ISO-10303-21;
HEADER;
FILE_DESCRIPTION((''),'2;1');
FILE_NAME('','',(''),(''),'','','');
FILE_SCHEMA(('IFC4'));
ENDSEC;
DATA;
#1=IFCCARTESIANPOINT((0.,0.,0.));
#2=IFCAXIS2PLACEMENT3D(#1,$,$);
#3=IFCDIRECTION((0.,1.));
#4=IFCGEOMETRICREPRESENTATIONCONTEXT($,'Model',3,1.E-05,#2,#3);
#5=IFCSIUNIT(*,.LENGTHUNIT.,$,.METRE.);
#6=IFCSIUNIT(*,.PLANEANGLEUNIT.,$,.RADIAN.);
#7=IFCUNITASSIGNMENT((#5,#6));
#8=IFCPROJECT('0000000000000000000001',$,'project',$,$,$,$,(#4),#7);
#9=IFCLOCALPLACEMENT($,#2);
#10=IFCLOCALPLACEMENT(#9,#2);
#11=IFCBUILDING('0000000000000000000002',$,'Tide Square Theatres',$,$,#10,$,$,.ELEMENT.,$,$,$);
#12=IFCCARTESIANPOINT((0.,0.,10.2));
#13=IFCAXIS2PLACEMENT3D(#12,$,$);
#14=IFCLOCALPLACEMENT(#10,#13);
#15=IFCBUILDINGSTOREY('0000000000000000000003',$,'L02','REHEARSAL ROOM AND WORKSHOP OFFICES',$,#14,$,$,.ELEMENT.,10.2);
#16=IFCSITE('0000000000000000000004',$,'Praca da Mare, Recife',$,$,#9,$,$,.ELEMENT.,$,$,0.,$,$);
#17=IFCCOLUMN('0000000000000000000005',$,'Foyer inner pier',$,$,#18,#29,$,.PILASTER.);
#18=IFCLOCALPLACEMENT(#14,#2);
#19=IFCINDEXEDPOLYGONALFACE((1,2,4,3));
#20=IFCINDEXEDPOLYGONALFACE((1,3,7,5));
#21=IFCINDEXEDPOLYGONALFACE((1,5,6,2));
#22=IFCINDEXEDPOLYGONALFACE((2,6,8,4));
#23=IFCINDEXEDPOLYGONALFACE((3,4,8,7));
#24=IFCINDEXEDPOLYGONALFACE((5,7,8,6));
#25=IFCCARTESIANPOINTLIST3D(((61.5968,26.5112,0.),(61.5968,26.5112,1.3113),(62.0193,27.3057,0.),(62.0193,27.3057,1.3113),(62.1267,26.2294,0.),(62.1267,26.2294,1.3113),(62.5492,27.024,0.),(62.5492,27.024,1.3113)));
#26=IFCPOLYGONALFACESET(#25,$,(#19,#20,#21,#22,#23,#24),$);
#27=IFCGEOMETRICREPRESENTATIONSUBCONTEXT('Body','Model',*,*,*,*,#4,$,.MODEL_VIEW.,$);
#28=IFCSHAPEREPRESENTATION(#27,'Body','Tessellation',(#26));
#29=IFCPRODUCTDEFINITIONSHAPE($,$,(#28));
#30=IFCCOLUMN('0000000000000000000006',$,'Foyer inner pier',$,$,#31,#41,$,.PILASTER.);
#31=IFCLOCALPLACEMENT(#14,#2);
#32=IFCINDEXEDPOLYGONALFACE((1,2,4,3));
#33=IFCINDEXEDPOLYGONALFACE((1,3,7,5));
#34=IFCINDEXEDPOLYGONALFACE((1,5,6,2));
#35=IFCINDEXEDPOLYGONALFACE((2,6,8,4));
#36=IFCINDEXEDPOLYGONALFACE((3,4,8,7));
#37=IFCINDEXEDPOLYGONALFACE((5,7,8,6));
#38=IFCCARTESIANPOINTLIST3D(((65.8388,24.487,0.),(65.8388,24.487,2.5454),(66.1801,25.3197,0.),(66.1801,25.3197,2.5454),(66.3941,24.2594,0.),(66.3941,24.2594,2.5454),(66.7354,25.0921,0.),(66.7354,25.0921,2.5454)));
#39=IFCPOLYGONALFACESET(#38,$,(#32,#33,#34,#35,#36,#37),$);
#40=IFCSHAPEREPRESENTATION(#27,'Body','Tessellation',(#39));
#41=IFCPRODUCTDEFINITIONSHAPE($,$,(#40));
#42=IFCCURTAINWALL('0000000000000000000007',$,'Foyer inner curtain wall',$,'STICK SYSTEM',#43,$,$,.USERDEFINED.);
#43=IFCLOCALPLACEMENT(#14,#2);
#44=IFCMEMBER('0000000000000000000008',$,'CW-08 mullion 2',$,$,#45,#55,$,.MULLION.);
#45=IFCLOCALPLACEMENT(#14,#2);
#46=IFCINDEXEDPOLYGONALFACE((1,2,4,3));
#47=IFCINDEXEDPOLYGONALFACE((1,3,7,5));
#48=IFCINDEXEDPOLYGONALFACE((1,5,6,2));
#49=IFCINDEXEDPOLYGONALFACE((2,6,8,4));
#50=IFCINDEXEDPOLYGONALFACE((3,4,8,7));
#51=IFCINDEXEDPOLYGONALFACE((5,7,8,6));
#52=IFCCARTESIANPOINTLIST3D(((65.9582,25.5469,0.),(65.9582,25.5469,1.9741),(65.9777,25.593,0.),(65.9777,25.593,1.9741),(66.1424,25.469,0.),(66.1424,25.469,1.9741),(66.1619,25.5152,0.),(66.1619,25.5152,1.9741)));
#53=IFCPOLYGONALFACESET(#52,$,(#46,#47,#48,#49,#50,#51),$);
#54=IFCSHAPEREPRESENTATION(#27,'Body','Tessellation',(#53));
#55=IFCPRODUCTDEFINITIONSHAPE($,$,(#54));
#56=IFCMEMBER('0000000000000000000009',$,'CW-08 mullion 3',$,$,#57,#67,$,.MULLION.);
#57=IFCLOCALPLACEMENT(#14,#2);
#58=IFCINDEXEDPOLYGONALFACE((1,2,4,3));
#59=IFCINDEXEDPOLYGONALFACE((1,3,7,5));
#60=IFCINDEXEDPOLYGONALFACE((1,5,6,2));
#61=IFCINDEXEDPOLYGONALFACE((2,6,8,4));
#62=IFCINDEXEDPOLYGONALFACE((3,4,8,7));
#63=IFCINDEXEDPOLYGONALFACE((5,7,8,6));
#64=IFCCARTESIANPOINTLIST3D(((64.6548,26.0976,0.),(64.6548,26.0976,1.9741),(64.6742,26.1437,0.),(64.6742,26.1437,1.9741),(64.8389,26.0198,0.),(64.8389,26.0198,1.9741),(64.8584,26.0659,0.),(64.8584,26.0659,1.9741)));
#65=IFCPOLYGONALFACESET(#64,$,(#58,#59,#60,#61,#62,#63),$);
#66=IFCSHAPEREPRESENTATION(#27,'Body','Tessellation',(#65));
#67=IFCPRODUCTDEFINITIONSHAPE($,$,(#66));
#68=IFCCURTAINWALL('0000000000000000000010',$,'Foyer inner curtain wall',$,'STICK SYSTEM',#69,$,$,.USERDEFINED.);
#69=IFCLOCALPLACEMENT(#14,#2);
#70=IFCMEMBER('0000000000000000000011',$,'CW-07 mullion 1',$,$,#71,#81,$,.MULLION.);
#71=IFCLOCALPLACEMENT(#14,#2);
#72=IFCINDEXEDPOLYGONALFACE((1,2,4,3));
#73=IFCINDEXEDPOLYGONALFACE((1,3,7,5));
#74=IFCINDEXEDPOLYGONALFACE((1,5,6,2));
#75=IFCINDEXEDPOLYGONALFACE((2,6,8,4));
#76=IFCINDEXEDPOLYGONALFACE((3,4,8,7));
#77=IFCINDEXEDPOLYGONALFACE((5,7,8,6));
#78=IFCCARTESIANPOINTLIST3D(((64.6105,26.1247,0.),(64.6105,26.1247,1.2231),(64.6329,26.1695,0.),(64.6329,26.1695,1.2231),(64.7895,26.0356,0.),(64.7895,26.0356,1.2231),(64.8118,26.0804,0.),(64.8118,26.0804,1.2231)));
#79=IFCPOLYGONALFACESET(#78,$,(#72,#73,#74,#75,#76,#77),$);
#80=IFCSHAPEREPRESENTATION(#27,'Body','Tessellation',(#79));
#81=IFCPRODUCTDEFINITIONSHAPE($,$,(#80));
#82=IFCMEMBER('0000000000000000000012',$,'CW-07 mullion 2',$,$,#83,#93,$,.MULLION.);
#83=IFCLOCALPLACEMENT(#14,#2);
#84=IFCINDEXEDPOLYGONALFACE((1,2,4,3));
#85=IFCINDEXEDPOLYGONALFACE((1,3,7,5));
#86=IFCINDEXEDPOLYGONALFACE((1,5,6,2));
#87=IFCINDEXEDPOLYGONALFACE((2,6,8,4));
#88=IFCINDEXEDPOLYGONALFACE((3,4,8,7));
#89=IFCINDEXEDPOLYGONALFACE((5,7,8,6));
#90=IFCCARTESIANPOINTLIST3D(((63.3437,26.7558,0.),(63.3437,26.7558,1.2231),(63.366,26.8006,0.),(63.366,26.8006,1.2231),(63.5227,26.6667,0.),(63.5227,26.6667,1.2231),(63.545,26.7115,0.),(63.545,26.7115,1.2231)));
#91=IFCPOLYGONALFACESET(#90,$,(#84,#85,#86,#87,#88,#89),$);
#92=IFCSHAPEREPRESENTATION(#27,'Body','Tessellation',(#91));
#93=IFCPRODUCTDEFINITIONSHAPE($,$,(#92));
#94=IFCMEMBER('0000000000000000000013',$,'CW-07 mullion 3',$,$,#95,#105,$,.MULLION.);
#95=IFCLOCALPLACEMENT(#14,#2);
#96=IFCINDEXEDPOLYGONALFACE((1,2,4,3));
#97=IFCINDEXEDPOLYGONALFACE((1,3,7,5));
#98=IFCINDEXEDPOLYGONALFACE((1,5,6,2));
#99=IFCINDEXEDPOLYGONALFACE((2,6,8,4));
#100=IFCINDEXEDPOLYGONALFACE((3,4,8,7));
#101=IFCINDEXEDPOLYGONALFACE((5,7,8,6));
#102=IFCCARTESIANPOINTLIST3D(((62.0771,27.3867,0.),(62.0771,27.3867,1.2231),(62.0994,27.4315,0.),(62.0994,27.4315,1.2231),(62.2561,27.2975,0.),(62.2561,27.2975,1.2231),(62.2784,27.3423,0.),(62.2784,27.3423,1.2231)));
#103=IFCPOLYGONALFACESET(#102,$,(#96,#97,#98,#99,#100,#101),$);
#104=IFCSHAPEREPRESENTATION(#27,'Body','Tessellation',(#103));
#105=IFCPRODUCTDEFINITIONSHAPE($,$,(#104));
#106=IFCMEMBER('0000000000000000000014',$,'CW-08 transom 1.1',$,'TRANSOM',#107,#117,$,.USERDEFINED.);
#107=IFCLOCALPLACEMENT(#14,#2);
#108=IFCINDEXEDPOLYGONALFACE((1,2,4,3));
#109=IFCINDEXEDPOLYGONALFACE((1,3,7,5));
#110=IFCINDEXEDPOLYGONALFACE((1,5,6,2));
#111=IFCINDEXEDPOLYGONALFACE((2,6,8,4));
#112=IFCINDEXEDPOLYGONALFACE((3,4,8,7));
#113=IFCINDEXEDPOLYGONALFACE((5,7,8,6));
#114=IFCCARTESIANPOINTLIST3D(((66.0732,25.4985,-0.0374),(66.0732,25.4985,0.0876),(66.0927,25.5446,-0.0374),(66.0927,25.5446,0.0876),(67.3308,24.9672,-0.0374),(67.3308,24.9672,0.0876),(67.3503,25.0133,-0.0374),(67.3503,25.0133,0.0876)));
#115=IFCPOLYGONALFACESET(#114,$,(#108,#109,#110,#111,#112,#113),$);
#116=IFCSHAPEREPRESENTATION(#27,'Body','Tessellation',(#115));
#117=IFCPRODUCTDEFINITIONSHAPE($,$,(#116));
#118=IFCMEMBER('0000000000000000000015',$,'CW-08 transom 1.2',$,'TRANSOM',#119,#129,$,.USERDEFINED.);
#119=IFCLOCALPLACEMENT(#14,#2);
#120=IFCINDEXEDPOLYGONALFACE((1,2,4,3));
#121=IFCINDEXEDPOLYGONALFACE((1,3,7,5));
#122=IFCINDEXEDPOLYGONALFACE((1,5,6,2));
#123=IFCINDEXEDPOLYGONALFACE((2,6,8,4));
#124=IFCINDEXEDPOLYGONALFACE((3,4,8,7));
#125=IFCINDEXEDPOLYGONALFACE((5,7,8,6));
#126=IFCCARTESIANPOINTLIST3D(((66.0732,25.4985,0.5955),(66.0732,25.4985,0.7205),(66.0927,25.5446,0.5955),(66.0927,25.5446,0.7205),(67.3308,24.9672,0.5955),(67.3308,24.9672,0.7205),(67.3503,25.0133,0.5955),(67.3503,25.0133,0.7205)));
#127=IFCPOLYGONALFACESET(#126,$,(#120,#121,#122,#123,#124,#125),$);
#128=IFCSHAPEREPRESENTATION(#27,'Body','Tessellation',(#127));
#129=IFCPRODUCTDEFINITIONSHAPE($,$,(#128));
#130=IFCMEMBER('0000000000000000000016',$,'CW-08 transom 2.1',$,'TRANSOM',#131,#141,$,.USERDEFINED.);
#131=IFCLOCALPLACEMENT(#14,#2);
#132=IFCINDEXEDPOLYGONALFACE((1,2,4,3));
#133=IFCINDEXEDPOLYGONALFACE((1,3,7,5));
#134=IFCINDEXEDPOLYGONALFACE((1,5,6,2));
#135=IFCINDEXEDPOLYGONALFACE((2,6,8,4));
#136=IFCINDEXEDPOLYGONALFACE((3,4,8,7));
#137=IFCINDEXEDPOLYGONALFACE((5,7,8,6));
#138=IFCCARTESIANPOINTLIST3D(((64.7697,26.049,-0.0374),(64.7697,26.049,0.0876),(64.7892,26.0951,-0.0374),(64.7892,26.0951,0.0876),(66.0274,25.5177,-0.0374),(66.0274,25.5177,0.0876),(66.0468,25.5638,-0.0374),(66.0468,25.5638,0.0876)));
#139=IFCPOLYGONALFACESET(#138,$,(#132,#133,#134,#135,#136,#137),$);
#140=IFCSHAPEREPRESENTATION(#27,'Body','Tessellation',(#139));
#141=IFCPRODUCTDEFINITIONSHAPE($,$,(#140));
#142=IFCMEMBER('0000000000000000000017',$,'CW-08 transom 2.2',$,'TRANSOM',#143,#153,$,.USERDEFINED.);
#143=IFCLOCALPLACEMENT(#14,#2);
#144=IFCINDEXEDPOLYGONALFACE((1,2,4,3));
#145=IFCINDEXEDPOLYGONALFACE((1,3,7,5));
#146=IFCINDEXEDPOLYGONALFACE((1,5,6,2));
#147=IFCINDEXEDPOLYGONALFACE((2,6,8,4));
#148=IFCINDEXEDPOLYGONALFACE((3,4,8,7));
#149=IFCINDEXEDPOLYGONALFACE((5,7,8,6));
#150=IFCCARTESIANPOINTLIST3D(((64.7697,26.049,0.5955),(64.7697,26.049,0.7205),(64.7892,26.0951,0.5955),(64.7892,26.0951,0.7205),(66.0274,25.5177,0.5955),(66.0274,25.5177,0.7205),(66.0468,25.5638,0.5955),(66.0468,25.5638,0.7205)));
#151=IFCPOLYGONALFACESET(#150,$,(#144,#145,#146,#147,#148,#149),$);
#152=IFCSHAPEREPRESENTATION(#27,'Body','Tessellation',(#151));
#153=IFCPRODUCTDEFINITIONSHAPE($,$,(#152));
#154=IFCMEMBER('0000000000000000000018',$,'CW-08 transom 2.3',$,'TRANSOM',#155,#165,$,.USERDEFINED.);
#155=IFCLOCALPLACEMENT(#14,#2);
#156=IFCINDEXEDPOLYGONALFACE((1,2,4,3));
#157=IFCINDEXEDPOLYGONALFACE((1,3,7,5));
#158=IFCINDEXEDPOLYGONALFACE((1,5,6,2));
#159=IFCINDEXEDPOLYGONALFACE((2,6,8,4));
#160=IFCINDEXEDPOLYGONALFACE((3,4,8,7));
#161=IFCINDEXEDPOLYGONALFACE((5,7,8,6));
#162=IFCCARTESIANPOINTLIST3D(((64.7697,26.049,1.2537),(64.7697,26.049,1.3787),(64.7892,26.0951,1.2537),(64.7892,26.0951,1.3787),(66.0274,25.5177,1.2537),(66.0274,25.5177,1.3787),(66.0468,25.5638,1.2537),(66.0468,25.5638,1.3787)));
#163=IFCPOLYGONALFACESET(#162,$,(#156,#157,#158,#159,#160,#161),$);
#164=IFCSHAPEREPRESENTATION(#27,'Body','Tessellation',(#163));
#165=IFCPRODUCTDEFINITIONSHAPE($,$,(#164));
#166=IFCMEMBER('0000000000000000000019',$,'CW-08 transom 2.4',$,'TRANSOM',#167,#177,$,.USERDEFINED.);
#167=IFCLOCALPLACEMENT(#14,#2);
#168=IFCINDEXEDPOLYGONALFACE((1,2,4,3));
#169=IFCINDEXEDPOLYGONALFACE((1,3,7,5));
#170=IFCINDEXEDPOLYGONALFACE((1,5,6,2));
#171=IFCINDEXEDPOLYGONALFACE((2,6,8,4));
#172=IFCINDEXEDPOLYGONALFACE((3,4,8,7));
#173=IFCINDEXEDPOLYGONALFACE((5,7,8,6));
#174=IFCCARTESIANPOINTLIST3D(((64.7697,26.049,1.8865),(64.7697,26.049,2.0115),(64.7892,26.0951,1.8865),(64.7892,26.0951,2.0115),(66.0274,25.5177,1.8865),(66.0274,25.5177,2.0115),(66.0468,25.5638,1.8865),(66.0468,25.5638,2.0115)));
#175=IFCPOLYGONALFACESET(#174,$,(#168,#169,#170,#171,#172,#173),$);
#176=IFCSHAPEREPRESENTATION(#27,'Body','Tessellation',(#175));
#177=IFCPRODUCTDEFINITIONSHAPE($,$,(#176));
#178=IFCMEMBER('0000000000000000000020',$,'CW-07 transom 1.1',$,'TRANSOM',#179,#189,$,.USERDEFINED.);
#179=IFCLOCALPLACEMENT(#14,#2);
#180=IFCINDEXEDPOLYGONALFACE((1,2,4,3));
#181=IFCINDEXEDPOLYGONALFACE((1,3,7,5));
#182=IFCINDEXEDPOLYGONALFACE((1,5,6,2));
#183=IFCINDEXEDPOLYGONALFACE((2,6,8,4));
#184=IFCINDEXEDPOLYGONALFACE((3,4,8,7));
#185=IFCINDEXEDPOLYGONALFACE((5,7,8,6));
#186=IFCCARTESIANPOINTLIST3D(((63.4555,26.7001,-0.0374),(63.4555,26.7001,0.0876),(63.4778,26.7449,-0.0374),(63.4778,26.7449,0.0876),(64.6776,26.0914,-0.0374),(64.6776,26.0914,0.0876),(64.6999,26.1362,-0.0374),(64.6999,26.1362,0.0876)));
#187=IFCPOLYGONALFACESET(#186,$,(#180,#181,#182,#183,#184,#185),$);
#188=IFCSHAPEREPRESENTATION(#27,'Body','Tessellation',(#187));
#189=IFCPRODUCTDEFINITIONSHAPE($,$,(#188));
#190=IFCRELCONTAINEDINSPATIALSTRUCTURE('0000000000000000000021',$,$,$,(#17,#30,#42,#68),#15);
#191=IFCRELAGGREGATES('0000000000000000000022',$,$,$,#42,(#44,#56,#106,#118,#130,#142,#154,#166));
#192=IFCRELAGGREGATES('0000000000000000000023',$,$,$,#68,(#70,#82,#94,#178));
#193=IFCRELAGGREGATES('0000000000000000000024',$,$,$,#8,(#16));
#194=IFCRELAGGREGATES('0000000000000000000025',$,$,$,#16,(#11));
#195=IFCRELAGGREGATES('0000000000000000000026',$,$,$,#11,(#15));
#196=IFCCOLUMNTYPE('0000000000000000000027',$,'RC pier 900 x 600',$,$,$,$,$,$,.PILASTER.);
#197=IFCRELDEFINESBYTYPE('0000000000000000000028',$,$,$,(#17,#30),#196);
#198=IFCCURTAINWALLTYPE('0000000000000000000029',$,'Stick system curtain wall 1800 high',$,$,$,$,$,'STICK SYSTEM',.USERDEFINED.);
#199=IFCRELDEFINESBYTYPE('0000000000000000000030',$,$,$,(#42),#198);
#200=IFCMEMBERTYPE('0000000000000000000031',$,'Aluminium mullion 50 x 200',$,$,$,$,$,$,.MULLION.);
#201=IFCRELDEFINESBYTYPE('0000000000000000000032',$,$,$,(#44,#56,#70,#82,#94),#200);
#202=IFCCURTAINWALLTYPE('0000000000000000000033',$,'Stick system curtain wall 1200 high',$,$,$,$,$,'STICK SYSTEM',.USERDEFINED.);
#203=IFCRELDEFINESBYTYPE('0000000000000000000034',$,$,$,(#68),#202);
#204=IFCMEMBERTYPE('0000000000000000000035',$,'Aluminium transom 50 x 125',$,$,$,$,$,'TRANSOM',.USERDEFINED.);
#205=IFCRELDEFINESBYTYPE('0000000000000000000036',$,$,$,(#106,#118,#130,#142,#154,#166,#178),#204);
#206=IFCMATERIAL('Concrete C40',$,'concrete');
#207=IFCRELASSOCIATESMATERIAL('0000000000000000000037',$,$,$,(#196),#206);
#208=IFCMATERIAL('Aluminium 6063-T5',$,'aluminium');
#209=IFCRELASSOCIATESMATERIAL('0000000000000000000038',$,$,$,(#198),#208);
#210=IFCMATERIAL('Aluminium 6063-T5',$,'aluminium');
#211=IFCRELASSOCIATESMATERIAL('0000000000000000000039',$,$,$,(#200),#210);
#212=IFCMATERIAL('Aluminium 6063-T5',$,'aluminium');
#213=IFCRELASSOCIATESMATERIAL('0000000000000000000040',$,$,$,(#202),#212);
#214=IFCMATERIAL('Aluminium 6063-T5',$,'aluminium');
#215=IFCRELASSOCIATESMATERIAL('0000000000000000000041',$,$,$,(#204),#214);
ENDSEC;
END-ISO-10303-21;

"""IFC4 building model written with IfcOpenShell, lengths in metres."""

from ifc_helpers import new_model, si_unit, direction, frame, origin, origin_2d, place, context, subcontext, project, spatial, rectangle, extrude, material, material_profile, profile_set, type_object, element, aggregate, save


model = new_model("IFC4")

# Units and contexts
model_context = context("Model", 3, precision=1e-05, world=origin(), true_north=direction((0.0, 1.0)))
body_context = subcontext(model_context, "Body", "Model", "MODEL_VIEW")
ifc_project = project(units=[si_unit("LENGTHUNIT", "METRE"), si_unit("PLANEANGLEUNIT", "RADIAN")], contexts=[model_context])

# Site, building, storey
site_placement = place(None, origin())
site = spatial("IfcSite", under=ifc_project, at=site_placement, Name="Praca da Mare, Recife", CompositionType="ELEMENT", RefElevation=0.0)
building_placement = place(site_placement, origin())
building = spatial("IfcBuilding", under=site, at=building_placement, Name="Tide Square Theatres", CompositionType="ELEMENT")
storey_placement = place(building_placement, frame((0.0, 0.0, 10.2)))
storey = spatial("IfcBuildingStorey", under=building, at=storey_placement, Name="L02", Description="REHEARSAL ROOM AND WORKSHOP OFFICES", CompositionType="ELEMENT", Elevation=10.2)

# Columns
ifc_material_1 = material(Name="Concrete C40", Category="concrete")
ifc_material_profile_1 = material_profile(ifc_material_1, rectangle(XDim=0.8999, YDim=0.6001, at=origin_2d()))
ifc_profile_set_1 = profile_set([ifc_material_profile_1], Name="Concrete C40")
column_type = type_object("IfcColumnType", Name="RC pier 900 x 600", PredefinedType="PILASTER", material=ifc_profile_set_1)
column_1_placement = place(storey_placement, frame((62.073, 26.7676, 0.0), z_axis=(0.0, 0.0, 1.0), x_axis=(-0.469527, -0.882918, 0.0)))
element("IfcColumn", 1, at=column_1_placement, inside=storey, type_object=column_type, Name="Foyer inner pier", PredefinedType="PILASTER", context=body_context, shape_type="SweptSolid", body=[
    extrude(rectangle(XDim=0.8999, YDim=0.6001, at=origin_2d()), origin(), (0.0, 0.0, 1.0), 1.3113),
])
column_2_placement = place(storey_placement, frame((66.2871, 24.7896, 0.0), z_axis=(0.0, 0.0, 1.0), x_axis=(-0.379288, -0.925279, 0.0)))
element("IfcColumn", 2, at=column_2_placement, inside=storey, type_object=column_type, Name="Foyer inner pier", PredefinedType="PILASTER", context=body_context, shape_type="SweptSolid", body=[
    extrude(rectangle(XDim=0.8999, YDim=0.6001, at=origin_2d()), origin(), (0.0, 0.0, 1.0), 2.5454),
])

# Curtain walls, members
ifc_material_2 = material(Name="Aluminium 6063-T5", Category="aluminium")
curtain_wall_type_1 = type_object("IfcCurtainWallType", Name="Stick system curtain wall 1800 high", ElementType="STICK SYSTEM", PredefinedType="USERDEFINED", material=ifc_material_2)
curtain_wall_1_placement = place(storey_placement, origin())
curtain_wall_1 = element("IfcCurtainWall", 3, at=curtain_wall_1_placement, inside=storey, type_object=curtain_wall_type_1, Name="Foyer inner curtain wall", ObjectType="STICK SYSTEM", PredefinedType="USERDEFINED")
ifc_material_3 = material(Name="Aluminium 6063-T5", Category="aluminium")
ifc_material_profile_2 = material_profile(ifc_material_3, rectangle(XDim=0.05, YDim=0.2, at=origin_2d()))
ifc_profile_set_2 = profile_set([ifc_material_profile_2], Name="Aluminium 6063-T5")
member_type_1 = type_object("IfcMemberType", Name="Aluminium mullion 50 x 200", PredefinedType="MULLION", material=ifc_profile_set_2)
member_1_placement = place(storey_placement, frame((66.0601, 25.531, 0.0), z_axis=(0.0, 0.0, 1.0), x_axis=(-0.389137, -0.92118, 0.0)))
member_1 = element("IfcMember", 4, at=member_1_placement, type_object=member_type_1, Name="CW-08 mullion 2", PredefinedType="MULLION", context=body_context, shape_type="SweptSolid", body=[
    extrude(rectangle(XDim=0.05, YDim=0.2, at=origin_2d()), origin(), (0.0, 0.0, 1.0), 1.9741),
])
member_2_placement = place(storey_placement, frame((64.7566, 26.0818, 0.0), z_axis=(0.0, 0.0, 1.0), x_axis=(-0.389137, -0.92118, 0.0)))
member_2 = element("IfcMember", 5, at=member_2_placement, type_object=member_type_1, Name="CW-08 mullion 3", PredefinedType="MULLION", context=body_context, shape_type="SweptSolid", body=[
    extrude(rectangle(XDim=0.05, YDim=0.2, at=origin_2d()), origin(), (0.0, 0.0, 1.0), 1.9741),
])
ifc_material_4 = material(Name="Aluminium 6063-T5", Category="aluminium")
curtain_wall_type_2 = type_object("IfcCurtainWallType", Name="Stick system curtain wall 1200 high", ElementType="STICK SYSTEM", PredefinedType="USERDEFINED", material=ifc_material_4)
curtain_wall_2_placement = place(storey_placement, origin())
curtain_wall_2 = element("IfcCurtainWall", 6, at=curtain_wall_2_placement, inside=storey, type_object=curtain_wall_type_2, Name="Foyer inner curtain wall", ObjectType="STICK SYSTEM", PredefinedType="USERDEFINED")
member_3_placement = place(storey_placement, frame((64.7112, 26.1025, 0.0), z_axis=(0.0, 0.0, 1.0), x_axis=(-0.445866, -0.8951, 0.0)))
member_3 = element("IfcMember", 7, at=member_3_placement, type_object=member_type_1, Name="CW-07 mullion 1", PredefinedType="MULLION", context=body_context, shape_type="SweptSolid", body=[
    extrude(rectangle(XDim=0.05, YDim=0.2, at=origin_2d()), origin(), (0.0, 0.0, 1.0), 1.2231),
])
member_4_placement = place(storey_placement, frame((63.4443, 26.7336, 0.0), z_axis=(0.0, 0.0, 1.0), x_axis=(-0.445866, -0.8951, 0.0)))
member_4 = element("IfcMember", 8, at=member_4_placement, type_object=member_type_1, Name="CW-07 mullion 2", PredefinedType="MULLION", context=body_context, shape_type="SweptSolid", body=[
    extrude(rectangle(XDim=0.05, YDim=0.2, at=origin_2d()), origin(), (0.0, 0.0, 1.0), 1.2231),
])
member_5_placement = place(storey_placement, frame((62.1777, 27.3645, 0.0), z_axis=(0.0, 0.0, 1.0), x_axis=(-0.445866, -0.8951, 0.0)))
member_5 = element("IfcMember", 9, at=member_5_placement, type_object=member_type_1, Name="CW-07 mullion 3", PredefinedType="MULLION", context=body_context, shape_type="SweptSolid", body=[
    extrude(rectangle(XDim=0.05, YDim=0.2, at=origin_2d()), origin(), (0.0, 0.0, 1.0), 1.2231),
])

# Members
ifc_material_5 = material(Name="Aluminium 6063-T5", Category="aluminium")
ifc_material_profile_3 = material_profile(ifc_material_5, rectangle(XDim=0.05, YDim=0.125, at=origin_2d()))
ifc_profile_set_3 = profile_set([ifc_material_profile_3], Name="Aluminium 6063-T5")
member_type_2 = type_object("IfcMemberType", Name="Aluminium transom 50 x 125", ElementType="TRANSOM", PredefinedType="USERDEFINED", material=ifc_profile_set_3)
member_6_placement = place(storey_placement, frame((67.3406, 24.9902, 0.0251), z_axis=(-0.921177, 0.389144, 0.0), x_axis=(-0.389144, -0.921177, 0.0)))
member_6 = element("IfcMember", 10, at=member_6_placement, type_object=member_type_2, Name="CW-08 transom 1.1", ObjectType="TRANSOM", PredefinedType="USERDEFINED", context=body_context, shape_type="SweptSolid", body=[
    extrude(rectangle(XDim=0.05, YDim=0.125, at=origin_2d()), origin(), (0.0, 0.0, 1.0), 1.3652),
])
member_7_placement = place(storey_placement, frame((67.3406, 24.9902, 0.658), z_axis=(-0.921177, 0.389144, 0.0), x_axis=(-0.389144, -0.921177, 0.0)))
member_7 = element("IfcMember", 11, at=member_7_placement, type_object=member_type_2, Name="CW-08 transom 1.2", ObjectType="TRANSOM", PredefinedType="USERDEFINED", context=body_context, shape_type="SweptSolid", body=[
    extrude(rectangle(XDim=0.05, YDim=0.125, at=origin_2d()), origin(), (0.0, 0.0, 1.0), 1.3652),
])
member_8_placement = place(storey_placement, frame((66.0371, 25.5408, 0.0251), z_axis=(-0.921177, 0.389144, 0.0), x_axis=(-0.389144, -0.921177, 0.0)))
member_8 = element("IfcMember", 12, at=member_8_placement, type_object=member_type_2, Name="CW-08 transom 2.1", ObjectType="TRANSOM", PredefinedType="USERDEFINED", context=body_context, shape_type="SweptSolid", body=[
    extrude(rectangle(XDim=0.05, YDim=0.125, at=origin_2d()), origin(), (0.0, 0.0, 1.0), 1.3652),
])
member_9_placement = place(storey_placement, frame((66.0371, 25.5408, 0.658), z_axis=(-0.921177, 0.389144, 0.0), x_axis=(-0.389144, -0.921177, 0.0)))
member_9 = element("IfcMember", 13, at=member_9_placement, type_object=member_type_2, Name="CW-08 transom 2.2", ObjectType="TRANSOM", PredefinedType="USERDEFINED", context=body_context, shape_type="SweptSolid", body=[
    extrude(rectangle(XDim=0.05, YDim=0.125, at=origin_2d()), origin(), (0.0, 0.0, 1.0), 1.3652),
])
member_10_placement = place(storey_placement, frame((66.0371, 25.5408, 1.3162), z_axis=(-0.921177, 0.389144, 0.0), x_axis=(-0.389144, -0.921177, 0.0)))
member_10 = element("IfcMember", 14, at=member_10_placement, type_object=member_type_2, Name="CW-08 transom 2.3", ObjectType="TRANSOM", PredefinedType="USERDEFINED", context=body_context, shape_type="SweptSolid", body=[
    extrude(rectangle(XDim=0.05, YDim=0.125, at=origin_2d()), origin(), (0.0, 0.0, 1.0), 1.3652),
])
member_11_placement = place(storey_placement, frame((66.0371, 25.5408, 1.949), z_axis=(-0.921177, 0.389144, 0.0), x_axis=(-0.389144, -0.921177, 0.0)))
member_11 = element("IfcMember", 15, at=member_11_placement, type_object=member_type_2, Name="CW-08 transom 2.4", ObjectType="TRANSOM", PredefinedType="USERDEFINED", context=body_context, shape_type="SweptSolid", body=[
    extrude(rectangle(XDim=0.05, YDim=0.125, at=origin_2d()), origin(), (0.0, 0.0, 1.0), 1.3652),
])
member_12_placement = place(storey_placement, frame((64.6887, 26.1138, 0.0251), z_axis=(-0.895106, 0.445854, 0.0), x_axis=(-0.445854, -0.895106, 0.0)))
member_12 = element("IfcMember", 16, at=member_12_placement, type_object=member_type_2, Name="CW-07 transom 1.1", ObjectType="TRANSOM", PredefinedType="USERDEFINED", context=body_context, shape_type="SweptSolid", body=[
    extrude(rectangle(XDim=0.05, YDim=0.125, at=origin_2d()), origin(), (0.0, 0.0, 1.0), 1.3652),
])

aggregate(curtain_wall_1, [member_1, member_2, member_6, member_7, member_8, member_9, member_10, member_11])
aggregate(curtain_wall_2, [member_3, member_4, member_5, member_12])

save(model, "model.ifc")
